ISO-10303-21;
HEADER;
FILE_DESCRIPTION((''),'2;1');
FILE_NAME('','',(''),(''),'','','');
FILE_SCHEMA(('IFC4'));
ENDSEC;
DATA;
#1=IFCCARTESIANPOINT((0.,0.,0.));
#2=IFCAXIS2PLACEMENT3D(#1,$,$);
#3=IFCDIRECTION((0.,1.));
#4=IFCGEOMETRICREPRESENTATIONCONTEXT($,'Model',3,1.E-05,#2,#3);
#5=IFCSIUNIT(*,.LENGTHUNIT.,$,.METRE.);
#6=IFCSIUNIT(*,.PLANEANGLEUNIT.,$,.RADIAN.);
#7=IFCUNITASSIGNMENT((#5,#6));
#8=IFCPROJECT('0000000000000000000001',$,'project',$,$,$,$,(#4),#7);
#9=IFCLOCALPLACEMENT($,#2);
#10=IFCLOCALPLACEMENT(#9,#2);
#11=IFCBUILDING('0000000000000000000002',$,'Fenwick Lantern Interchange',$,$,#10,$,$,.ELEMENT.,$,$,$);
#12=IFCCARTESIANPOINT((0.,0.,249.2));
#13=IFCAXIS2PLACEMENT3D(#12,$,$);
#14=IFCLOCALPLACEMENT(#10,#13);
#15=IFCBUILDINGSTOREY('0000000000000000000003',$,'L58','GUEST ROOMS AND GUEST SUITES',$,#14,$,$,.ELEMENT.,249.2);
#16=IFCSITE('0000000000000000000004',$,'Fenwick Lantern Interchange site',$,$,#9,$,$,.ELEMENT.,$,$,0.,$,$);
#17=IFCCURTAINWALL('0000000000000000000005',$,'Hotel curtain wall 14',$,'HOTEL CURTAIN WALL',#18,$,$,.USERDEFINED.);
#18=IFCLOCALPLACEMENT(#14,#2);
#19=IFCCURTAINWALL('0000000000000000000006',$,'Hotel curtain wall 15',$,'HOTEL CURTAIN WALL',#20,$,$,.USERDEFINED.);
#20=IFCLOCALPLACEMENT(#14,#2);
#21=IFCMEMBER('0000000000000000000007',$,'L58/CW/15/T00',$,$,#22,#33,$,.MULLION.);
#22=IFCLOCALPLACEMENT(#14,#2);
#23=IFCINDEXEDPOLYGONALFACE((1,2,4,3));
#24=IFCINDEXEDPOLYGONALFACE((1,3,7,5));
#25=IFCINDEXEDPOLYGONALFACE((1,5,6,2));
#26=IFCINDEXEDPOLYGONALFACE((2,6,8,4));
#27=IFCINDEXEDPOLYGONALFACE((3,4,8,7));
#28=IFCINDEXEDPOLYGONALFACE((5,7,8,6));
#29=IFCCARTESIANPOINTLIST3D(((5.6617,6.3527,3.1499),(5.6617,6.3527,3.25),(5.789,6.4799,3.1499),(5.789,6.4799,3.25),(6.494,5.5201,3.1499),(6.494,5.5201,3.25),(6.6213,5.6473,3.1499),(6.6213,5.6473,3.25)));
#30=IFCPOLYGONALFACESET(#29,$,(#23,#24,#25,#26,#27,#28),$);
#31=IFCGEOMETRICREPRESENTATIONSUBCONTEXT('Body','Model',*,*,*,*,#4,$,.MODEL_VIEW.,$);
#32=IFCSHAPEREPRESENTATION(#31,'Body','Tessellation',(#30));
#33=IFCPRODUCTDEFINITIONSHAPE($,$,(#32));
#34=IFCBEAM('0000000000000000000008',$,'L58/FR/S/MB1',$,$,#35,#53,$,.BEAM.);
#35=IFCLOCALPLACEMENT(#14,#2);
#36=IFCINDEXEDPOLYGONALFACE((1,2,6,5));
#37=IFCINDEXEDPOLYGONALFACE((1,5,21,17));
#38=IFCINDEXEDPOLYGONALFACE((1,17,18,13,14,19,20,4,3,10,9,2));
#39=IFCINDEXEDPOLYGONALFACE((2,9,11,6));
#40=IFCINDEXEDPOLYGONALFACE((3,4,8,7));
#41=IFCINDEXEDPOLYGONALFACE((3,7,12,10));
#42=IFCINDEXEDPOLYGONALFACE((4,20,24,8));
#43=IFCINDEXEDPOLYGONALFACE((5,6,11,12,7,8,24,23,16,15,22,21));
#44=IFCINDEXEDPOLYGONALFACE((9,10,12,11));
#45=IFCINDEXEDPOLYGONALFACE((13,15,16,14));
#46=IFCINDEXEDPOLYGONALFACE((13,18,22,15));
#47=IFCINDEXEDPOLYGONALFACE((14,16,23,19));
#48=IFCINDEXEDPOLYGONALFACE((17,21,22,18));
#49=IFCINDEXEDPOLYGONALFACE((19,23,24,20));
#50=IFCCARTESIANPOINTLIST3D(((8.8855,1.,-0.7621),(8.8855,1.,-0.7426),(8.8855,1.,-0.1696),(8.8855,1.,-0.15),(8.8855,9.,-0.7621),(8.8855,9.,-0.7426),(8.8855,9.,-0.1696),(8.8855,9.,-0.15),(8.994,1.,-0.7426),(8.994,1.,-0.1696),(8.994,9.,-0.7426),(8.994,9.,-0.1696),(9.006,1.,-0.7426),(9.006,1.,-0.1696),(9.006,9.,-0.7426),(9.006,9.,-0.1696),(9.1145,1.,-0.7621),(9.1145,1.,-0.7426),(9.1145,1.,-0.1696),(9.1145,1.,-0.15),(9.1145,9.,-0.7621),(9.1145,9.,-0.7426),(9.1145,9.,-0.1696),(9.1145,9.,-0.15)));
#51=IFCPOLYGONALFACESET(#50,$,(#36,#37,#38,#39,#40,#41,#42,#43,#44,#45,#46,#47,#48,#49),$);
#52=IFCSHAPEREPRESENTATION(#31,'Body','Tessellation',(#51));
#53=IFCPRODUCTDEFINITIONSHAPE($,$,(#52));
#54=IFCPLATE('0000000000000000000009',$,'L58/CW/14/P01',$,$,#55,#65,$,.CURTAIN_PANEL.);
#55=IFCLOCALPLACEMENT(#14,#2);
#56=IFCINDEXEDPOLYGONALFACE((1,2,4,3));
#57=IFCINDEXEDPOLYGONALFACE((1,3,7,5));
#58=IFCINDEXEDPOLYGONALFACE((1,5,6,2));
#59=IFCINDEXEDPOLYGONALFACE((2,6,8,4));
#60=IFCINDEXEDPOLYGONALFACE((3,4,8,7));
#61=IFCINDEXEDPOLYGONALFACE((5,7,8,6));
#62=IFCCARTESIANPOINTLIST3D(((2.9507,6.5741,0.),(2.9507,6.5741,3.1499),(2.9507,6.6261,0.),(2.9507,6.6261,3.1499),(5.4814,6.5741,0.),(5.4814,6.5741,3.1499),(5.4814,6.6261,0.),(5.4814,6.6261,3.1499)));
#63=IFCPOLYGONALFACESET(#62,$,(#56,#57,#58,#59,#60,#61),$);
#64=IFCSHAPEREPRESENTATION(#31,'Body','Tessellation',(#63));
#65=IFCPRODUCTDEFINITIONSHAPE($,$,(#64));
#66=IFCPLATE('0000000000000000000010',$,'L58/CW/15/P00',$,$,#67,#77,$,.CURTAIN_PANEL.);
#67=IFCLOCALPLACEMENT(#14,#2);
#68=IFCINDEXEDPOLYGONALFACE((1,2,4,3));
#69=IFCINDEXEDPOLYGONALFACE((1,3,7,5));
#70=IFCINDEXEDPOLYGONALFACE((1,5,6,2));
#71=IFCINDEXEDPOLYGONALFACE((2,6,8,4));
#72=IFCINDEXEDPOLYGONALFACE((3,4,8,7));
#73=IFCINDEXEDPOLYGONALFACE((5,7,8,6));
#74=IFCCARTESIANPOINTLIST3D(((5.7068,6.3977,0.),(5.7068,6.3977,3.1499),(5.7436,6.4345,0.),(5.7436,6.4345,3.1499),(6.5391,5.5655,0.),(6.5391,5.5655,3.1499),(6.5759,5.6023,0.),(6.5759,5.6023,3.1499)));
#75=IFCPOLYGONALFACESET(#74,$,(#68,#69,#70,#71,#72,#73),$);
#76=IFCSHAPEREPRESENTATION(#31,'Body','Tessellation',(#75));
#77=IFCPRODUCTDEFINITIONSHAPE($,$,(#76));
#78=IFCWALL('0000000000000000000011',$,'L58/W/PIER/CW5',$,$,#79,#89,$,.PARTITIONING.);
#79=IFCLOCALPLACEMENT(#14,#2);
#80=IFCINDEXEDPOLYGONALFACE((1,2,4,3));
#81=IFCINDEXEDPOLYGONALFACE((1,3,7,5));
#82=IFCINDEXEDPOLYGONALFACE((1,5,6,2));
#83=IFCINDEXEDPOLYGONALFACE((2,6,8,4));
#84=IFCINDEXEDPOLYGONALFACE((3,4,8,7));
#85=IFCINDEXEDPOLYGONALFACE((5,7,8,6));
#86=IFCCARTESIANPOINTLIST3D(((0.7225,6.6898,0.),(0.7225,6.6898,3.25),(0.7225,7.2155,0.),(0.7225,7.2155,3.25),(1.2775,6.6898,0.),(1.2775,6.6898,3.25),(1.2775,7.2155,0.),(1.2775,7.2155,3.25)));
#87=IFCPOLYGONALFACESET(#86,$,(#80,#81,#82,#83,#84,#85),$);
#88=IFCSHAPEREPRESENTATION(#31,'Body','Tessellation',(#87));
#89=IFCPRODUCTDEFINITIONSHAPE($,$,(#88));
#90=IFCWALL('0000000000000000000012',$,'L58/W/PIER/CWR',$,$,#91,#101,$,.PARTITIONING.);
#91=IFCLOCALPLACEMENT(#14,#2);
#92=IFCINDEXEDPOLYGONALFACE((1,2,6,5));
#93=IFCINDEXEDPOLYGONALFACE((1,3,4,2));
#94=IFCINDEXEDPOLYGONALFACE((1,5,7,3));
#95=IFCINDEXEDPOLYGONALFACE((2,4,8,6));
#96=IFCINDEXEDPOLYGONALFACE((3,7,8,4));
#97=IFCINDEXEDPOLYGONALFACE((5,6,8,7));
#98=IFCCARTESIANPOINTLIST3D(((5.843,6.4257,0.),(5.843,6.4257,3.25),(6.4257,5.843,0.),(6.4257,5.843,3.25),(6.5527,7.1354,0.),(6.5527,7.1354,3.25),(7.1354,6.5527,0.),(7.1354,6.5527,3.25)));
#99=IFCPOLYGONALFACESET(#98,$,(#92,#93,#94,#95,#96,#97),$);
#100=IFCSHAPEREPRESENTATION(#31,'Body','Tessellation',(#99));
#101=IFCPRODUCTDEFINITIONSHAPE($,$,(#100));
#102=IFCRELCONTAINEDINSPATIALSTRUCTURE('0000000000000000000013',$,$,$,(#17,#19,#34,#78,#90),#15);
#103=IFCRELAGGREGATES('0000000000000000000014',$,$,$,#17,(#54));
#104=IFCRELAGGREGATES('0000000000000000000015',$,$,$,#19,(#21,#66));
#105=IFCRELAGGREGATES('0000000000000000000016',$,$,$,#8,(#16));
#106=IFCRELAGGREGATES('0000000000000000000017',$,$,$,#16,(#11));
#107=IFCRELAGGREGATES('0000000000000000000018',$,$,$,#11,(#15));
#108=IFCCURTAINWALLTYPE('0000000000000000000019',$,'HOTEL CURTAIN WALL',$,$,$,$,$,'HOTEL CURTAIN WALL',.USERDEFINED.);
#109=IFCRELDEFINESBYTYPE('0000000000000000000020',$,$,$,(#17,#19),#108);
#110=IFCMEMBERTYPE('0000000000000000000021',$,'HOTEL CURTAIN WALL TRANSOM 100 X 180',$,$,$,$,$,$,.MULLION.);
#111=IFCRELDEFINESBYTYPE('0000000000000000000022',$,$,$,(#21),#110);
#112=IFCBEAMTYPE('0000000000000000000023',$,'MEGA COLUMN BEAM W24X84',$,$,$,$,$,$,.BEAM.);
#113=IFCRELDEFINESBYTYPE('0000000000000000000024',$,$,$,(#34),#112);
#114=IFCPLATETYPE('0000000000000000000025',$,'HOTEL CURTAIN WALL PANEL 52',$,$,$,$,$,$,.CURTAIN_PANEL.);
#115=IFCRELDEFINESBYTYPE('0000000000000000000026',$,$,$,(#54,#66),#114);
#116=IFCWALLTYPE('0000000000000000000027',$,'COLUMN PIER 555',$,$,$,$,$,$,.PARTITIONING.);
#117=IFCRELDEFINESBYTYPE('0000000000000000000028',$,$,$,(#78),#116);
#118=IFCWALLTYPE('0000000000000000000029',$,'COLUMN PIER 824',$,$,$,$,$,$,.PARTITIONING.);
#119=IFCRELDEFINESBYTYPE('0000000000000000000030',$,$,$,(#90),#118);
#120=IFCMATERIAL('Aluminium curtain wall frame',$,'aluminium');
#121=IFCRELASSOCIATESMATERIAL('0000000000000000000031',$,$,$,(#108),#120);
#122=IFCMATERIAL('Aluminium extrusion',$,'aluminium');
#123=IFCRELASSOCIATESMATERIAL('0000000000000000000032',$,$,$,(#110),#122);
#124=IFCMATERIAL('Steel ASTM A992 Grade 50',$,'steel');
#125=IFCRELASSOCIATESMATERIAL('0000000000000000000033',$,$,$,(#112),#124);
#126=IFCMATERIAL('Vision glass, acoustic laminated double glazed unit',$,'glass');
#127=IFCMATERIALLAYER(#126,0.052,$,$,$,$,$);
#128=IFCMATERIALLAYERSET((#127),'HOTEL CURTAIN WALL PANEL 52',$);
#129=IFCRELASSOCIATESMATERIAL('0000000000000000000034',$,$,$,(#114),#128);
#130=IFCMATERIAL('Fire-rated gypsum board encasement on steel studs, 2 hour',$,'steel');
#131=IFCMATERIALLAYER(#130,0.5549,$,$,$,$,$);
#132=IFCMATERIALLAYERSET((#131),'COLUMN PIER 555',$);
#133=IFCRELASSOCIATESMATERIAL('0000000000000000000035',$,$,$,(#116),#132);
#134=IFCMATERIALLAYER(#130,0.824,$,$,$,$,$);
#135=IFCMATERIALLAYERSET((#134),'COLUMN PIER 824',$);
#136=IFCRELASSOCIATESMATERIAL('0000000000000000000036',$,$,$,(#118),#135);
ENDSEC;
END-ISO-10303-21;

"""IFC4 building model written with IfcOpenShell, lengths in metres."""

from ifc_helpers import new_model, si_unit, direction, frame, frame_2d, origin, origin_2d, place, context, subcontext, project, spatial, rectangle, i_section, extrude, material, layer, layer_set, material_profile, profile_set, type_object, element, aggregate, save


model = new_model("IFC4")

# Units and contexts
model_context = context("Model", 3, precision=1e-05, world=origin(), true_north=direction((0.0, 1.0)))
body_context = subcontext(model_context, "Body", "Model", "MODEL_VIEW")
ifc_project = project(units=[si_unit("LENGTHUNIT", "METRE"), si_unit("PLANEANGLEUNIT", "RADIAN")], contexts=[model_context])

# Site, building, storey
site_placement = place(None, origin())
site = spatial("IfcSite", under=ifc_project, at=site_placement, Name="Fenwick Lantern Interchange site", CompositionType="ELEMENT", RefElevation=0.0)
building_placement = place(site_placement, origin())
building = spatial("IfcBuilding", under=site, at=building_placement, Name="Fenwick Lantern Interchange", CompositionType="ELEMENT")
storey_placement = place(building_placement, frame((0.0, 0.0, 249.2)))
storey = spatial("IfcBuildingStorey", under=building, at=storey_placement, Name="L58", Description="GUEST ROOMS AND GUEST SUITES", CompositionType="ELEMENT", Elevation=249.2)

# Shared definitions
ifc_material_1 = material(Name="Steel ASTM A992 Grade 50", Category="steel")

# Shared definitions
ifc_material_2 = material(Name="Aluminium curtain wall frame", Category="aluminium")
curtain_wall_type = type_object("IfcCurtainWallType", Name="HOTEL CURTAIN WALL", ElementType="HOTEL CURTAIN WALL", PredefinedType="USERDEFINED", material=ifc_material_2)
ifc_material_3 = material(Name="Aluminium extrusion", Category="aluminium")

# Curtain wall
curtain_wall_1_placement = place(storey_placement, origin())
curtain_wall_1 = element("IfcCurtainWall", 1, at=curtain_wall_1_placement, inside=storey, type_object=curtain_wall_type, Name="Hotel curtain wall 14", ObjectType="HOTEL CURTAIN WALL", PredefinedType="USERDEFINED")

# Curtain wall
curtain_wall_2_placement = place(storey_placement, origin())
curtain_wall_2 = element("IfcCurtainWall", 2, at=curtain_wall_2_placement, inside=storey, type_object=curtain_wall_type, Name="Hotel curtain wall 15", ObjectType="HOTEL CURTAIN WALL", PredefinedType="USERDEFINED")

# Member
ifc_material_profile_1 = material_profile(ifc_material_3, rectangle(XDim=0.1799, YDim=0.1001, at=origin_2d()), Name="HOTEL CURTAIN WALL TRANSOM 100 X 180")
ifc_profile_set_1 = profile_set([ifc_material_profile_1], Name="Aluminium extrusion")
member_type_1 = type_object("IfcMemberType", Name="HOTEL CURTAIN WALL TRANSOM 100 X 180", PredefinedType="MULLION", material=ifc_profile_set_1)
member_1_placement = place(storey_placement, frame((5.7253, 6.4163, 3.2), z_axis=(0.707003, -0.70721, 0.0), x_axis=(0.70721, 0.707003, 0.0)))
member_1 = element("IfcMember", 3, at=member_1_placement, type_object=member_type_1, Name="L58/CW/15/T00", PredefinedType="MULLION", context=body_context, shape_type="SweptSolid", body=[
    extrude(rectangle(XDim=0.1799, YDim=0.1001, at=origin_2d()), origin(), (0.0, 0.0, 1.0), 1.1772),
])

# Beam
ifc_material_profile_2 = material_profile(ifc_material_1, i_section(OverallWidth=0.229, OverallDepth=0.6121, WebThickness=0.012, FlangeThickness=0.0195, at=origin_2d()), Name="W24X84")
ifc_profile_set_2 = profile_set([ifc_material_profile_2], Name="Steel ASTM A992 Grade 50")
beam_type_1 = type_object("IfcBeamType", Name="MEGA COLUMN BEAM W24X84", PredefinedType="BEAM", material=ifc_profile_set_2)
beam_placement = place(storey_placement, frame((9.0, 9.0, -0.4561), z_axis=(0.0, -1.0, 0.0), x_axis=(1.0, 0.0, 0.0)))
element("IfcBeam", 4, at=beam_placement, inside=storey, type_object=beam_type_1, Name="L58/FR/S/MB1", PredefinedType="BEAM", context=body_context, shape_type="SweptSolid", body=[
    extrude(i_section(OverallWidth=0.229, OverallDepth=0.6121, WebThickness=0.012, FlangeThickness=0.0195, at=origin_2d()), origin(), (0.0, 0.0, 1.0), 8.0),
])

# Plates
ifc_material_4 = material(Name="Vision glass, acoustic laminated double glazed unit", Category="glass")
ifc_layer_1 = layer(ifc_material_4, 0.052)
ifc_layer_set_1 = layer_set([ifc_layer_1], Name="HOTEL CURTAIN WALL PANEL 52")
plate_type = type_object("IfcPlateType", Name="HOTEL CURTAIN WALL PANEL 52", PredefinedType="CURTAIN_PANEL", material=ifc_layer_set_1)
plate_1_placement = place(storey_placement, frame((4.2161, 6.6001, 0.0), z_axis=(0.0, 0.0, 1.0), x_axis=(1.0, 0.0, 0.0)))
plate_1 = element("IfcPlate", 5, at=plate_1_placement, type_object=plate_type, Name="L58/CW/14/P01", PredefinedType="CURTAIN_PANEL", context=body_context, shape_type="SweptSolid", body=[
    extrude(rectangle(XDim=2.5308, YDim=0.052, at=origin_2d()), origin(), (0.0, 0.0, 1.0), 3.1499),
])
aggregate(curtain_wall_1, [plate_1])
plate_2_placement = place(storey_placement, frame((6.1414, 6.0, 0.0), z_axis=(0.0, 0.0, 1.0), x_axis=(0.707107, -0.707107, 0.0)))
plate_2 = element("IfcPlate", 6, at=plate_2_placement, type_object=plate_type, Name="L58/CW/15/P00", PredefinedType="CURTAIN_PANEL", context=body_context, shape_type="SweptSolid", body=[
    extrude(rectangle(XDim=1.177, YDim=0.052, at=origin_2d()), origin(), (0.0, 0.0, 1.0), 3.1499),
])
aggregate(curtain_wall_2, [member_1, plate_2])

# Walls
ifc_material_5 = material(Name="Fire-rated gypsum board encasement on steel studs, 2 hour", Category="steel")
ifc_layer_2 = layer(ifc_material_5, 0.5549)
ifc_layer_set_2 = layer_set([ifc_layer_2], Name="COLUMN PIER 555")
wall_type_1 = type_object("IfcWallType", Name="COLUMN PIER 555", PredefinedType="PARTITIONING", material=ifc_layer_set_2)
wall_1_placement = place(storey_placement, frame((1.0, 6.6899, 0.0), z_axis=(0.0, 0.0, 1.0), x_axis=(0.0, 1.0, 0.0)))
element("IfcWall", 7, at=wall_1_placement, inside=storey, type_object=wall_type_1, Name="L58/W/PIER/CW5", PredefinedType="PARTITIONING", context=body_context, shape_type="SweptSolid", body=[
    extrude(rectangle(XDim=0.5256, YDim=0.5549, at=frame_2d((0.2627, 0.0))), origin(), (0.0, 0.0, 1.0), 3.25),
])
ifc_layer_3 = layer(ifc_material_5, 0.824)
ifc_layer_set_3 = layer_set([ifc_layer_3], Name="COLUMN PIER 824")
wall_type_2 = type_object("IfcWallType", Name="COLUMN PIER 824", PredefinedType="PARTITIONING", material=ifc_layer_set_3)
wall_2_placement = place(storey_placement, frame((6.1343, 6.1343, 0.0), z_axis=(0.0, 0.0, 1.0), x_axis=(0.707107, 0.707107, 0.0)))
element("IfcWall", 8, at=wall_2_placement, inside=storey, type_object=wall_type_2, Name="L58/W/PIER/CWR", PredefinedType="PARTITIONING", context=body_context, shape_type="SweptSolid", body=[
    extrude(rectangle(XDim=1.0037, YDim=0.824, at=frame_2d((0.502, 0.0))), origin(), (0.0, 0.0, 1.0), 3.25),
])

save(model, "model.ifc")
